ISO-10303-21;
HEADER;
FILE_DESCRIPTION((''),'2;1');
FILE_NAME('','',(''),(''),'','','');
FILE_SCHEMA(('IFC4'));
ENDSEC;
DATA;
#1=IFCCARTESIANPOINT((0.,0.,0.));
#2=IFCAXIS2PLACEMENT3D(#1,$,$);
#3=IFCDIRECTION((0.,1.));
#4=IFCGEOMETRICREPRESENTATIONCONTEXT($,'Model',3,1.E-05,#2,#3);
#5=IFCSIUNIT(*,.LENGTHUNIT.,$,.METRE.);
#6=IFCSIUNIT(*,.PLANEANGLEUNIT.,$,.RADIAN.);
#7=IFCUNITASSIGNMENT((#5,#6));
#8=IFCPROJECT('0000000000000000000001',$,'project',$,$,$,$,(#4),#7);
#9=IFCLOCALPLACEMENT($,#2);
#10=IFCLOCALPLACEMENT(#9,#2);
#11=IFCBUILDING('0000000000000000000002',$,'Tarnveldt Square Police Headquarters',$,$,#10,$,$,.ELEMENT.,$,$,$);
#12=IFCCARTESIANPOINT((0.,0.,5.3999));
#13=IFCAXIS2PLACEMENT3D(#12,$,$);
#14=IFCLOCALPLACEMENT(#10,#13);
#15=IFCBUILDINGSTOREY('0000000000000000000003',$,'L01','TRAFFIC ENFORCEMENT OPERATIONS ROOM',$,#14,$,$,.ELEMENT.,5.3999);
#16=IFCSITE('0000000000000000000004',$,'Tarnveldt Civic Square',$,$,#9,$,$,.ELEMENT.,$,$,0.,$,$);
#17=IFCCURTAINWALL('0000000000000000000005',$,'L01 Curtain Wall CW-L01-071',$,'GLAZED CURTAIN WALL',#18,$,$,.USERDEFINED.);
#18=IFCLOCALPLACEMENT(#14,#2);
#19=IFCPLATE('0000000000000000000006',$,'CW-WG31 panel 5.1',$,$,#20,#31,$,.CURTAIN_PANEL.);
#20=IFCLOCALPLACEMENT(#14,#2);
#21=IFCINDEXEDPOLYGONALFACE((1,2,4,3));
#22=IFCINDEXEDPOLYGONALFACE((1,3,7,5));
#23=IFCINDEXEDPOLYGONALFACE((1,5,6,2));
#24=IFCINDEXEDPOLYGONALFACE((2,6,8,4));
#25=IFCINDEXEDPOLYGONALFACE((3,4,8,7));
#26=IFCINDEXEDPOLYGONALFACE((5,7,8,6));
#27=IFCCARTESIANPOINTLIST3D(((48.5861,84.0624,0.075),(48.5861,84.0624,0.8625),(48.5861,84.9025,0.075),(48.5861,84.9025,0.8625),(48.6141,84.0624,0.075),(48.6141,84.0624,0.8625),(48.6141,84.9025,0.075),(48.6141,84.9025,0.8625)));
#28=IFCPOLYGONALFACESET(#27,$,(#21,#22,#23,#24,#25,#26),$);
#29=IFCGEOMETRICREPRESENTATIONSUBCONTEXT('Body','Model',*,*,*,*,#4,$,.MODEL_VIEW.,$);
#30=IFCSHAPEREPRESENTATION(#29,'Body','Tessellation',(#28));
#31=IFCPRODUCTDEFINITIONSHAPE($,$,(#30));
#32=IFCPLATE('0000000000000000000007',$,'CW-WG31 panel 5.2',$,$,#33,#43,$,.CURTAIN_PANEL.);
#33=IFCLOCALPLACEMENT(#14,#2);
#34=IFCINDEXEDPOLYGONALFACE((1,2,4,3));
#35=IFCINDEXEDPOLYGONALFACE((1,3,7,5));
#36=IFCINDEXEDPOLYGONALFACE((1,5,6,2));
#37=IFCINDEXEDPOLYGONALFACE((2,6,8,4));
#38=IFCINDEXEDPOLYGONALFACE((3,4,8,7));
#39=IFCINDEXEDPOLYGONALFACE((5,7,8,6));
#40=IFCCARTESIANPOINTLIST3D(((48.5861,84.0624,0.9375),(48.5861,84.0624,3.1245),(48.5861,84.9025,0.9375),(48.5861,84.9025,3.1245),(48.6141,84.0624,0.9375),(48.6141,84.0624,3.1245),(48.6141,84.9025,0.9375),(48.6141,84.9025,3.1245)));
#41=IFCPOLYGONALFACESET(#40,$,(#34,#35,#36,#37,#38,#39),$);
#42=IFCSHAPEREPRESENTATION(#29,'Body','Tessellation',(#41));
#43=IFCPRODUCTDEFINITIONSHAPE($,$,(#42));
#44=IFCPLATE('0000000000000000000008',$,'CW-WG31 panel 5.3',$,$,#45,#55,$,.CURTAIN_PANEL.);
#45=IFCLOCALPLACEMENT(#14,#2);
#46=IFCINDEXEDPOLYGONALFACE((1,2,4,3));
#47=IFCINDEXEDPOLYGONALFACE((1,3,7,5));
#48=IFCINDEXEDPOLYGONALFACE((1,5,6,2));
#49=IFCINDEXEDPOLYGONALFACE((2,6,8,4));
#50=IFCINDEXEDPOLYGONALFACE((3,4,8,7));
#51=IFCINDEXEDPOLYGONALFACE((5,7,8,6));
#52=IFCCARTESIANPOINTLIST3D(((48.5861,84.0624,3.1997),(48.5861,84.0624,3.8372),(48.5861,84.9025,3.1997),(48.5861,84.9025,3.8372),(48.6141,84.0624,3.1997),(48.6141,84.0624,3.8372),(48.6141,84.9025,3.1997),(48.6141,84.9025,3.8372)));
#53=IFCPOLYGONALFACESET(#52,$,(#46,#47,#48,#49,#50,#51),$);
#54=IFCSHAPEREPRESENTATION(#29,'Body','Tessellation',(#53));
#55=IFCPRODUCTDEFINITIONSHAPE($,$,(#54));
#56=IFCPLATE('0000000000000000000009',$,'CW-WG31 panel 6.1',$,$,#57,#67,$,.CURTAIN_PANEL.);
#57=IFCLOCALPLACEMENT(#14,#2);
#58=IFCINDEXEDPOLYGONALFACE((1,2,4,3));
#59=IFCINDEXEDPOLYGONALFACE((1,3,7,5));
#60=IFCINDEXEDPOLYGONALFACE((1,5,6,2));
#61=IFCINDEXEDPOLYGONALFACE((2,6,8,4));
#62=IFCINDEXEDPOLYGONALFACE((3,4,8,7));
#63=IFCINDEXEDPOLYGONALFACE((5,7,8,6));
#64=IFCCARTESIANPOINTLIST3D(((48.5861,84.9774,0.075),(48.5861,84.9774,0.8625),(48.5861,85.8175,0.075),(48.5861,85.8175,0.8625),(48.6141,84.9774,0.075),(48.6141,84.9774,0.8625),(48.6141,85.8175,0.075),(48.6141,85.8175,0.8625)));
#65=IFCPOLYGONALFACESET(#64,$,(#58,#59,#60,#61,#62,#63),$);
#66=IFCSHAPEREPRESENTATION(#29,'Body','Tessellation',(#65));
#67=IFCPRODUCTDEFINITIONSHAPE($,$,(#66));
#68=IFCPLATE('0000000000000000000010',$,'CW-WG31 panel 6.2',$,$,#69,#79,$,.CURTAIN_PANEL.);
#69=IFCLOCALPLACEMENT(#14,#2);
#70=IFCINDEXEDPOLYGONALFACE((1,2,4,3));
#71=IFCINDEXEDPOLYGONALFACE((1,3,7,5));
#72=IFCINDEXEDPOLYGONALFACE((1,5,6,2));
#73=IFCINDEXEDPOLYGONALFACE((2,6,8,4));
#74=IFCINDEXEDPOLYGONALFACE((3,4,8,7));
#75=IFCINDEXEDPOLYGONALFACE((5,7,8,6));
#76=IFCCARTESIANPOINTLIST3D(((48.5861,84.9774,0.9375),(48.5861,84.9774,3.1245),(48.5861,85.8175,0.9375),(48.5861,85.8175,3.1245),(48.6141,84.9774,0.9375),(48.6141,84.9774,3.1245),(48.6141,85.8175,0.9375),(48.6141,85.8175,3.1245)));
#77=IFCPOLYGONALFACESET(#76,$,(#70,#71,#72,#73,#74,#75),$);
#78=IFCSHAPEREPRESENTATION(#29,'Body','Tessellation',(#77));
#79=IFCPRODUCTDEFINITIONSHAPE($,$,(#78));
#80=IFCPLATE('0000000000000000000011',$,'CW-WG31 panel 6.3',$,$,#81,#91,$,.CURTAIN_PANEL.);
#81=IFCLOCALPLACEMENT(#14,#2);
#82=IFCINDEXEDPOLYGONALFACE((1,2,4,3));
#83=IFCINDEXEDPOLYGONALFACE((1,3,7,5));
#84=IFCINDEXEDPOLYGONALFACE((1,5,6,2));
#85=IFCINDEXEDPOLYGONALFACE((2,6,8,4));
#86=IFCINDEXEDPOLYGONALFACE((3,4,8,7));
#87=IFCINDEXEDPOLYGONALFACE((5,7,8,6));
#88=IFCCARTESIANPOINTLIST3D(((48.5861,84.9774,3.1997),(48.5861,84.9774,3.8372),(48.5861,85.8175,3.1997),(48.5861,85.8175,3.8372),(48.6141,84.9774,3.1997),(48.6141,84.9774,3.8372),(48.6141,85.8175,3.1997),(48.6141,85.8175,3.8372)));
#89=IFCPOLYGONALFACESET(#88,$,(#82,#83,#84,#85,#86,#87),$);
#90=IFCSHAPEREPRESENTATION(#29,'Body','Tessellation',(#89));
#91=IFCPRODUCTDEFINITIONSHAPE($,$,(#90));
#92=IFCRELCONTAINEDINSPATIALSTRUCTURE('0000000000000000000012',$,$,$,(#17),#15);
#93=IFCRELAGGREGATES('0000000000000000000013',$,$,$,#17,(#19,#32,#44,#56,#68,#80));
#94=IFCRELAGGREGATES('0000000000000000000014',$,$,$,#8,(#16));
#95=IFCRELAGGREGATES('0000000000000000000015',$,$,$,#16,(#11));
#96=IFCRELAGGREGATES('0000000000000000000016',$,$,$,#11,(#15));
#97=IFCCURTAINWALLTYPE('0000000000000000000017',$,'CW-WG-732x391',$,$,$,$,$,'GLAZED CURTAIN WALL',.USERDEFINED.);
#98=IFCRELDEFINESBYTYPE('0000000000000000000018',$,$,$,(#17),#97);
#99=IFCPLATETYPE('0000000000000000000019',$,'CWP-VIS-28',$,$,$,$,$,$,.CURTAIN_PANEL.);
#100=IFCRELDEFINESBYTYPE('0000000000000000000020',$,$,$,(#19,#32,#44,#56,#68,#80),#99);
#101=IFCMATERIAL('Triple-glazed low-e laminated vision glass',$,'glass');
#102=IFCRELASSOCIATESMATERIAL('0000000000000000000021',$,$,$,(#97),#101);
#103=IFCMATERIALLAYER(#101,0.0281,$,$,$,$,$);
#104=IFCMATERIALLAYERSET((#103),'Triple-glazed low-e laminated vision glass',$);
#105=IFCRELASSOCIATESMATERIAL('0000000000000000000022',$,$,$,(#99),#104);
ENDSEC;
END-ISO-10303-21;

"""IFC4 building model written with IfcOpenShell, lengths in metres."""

from ifc_helpers import new_model, si_unit, direction, frame, origin, origin_2d, place, context, subcontext, project, spatial, rectangle, extrude, material, layer, layer_set, type_object, element, aggregate, save


model = new_model("IFC4")

# Units and contexts
model_context = context("Model", 3, precision=1e-05, world=origin(), true_north=direction((0.0, 1.0)))
body_context = subcontext(model_context, "Body", "Model", "MODEL_VIEW")
ifc_project = project(units=[si_unit("LENGTHUNIT", "METRE"), si_unit("PLANEANGLEUNIT", "RADIAN")], contexts=[model_context])

# Site, building, storey
site_placement = place(None, origin())
site = spatial("IfcSite", under=ifc_project, at=site_placement, Name="Tarnveldt Civic Square", CompositionType="ELEMENT", RefElevation=0.0)
building_placement = place(site_placement, origin())
building = spatial("IfcBuilding", under=site, at=building_placement, Name="Tarnveldt Square Police Headquarters", CompositionType="ELEMENT")
storey_placement = place(building_placement, frame((0.0, 0.0, 5.3999)))
storey = spatial("IfcBuildingStorey", under=building, at=storey_placement, Name="L01", Description="TRAFFIC ENFORCEMENT OPERATIONS ROOM", CompositionType="ELEMENT", Elevation=5.3999)

# Curtain wall, plates
ifc_material_1 = material(Name="Triple-glazed low-e laminated vision glass", Category="glass")
curtain_wall_type = type_object("IfcCurtainWallType", Name="CW-WG-732x391", ElementType="GLAZED CURTAIN WALL", PredefinedType="USERDEFINED", material=ifc_material_1)
curtain_wall_placement = place(storey_placement, origin())
curtain_wall = element("IfcCurtainWall", 1, at=curtain_wall_placement, inside=storey, type_object=curtain_wall_type, Name="L01 Curtain Wall CW-L01-071", ObjectType="GLAZED CURTAIN WALL", PredefinedType="USERDEFINED")
ifc_layer = layer(ifc_material_1, 0.0281)
ifc_layer_set = layer_set([ifc_layer], Name="Triple-glazed low-e laminated vision glass")
plate_type = type_object("IfcPlateType", Name="CWP-VIS-28", PredefinedType="CURTAIN_PANEL", material=ifc_layer_set)
plate_1_placement = place(storey_placement, frame((48.6001, 84.4824, 0.075), z_axis=(0.0, 0.0, 1.0), x_axis=(0.0, 1.0, 0.0)))
plate_1 = element("IfcPlate", 2, at=plate_1_placement, type_object=plate_type, Name="CW-WG31 panel 5.1", PredefinedType="CURTAIN_PANEL", context=body_context, shape_type="SweptSolid", body=[
    extrude(rectangle(XDim=0.8401, YDim=0.0281, at=origin_2d()), origin(), (0.0, 0.0, 1.0), 0.7876),
])
plate_2_placement = place(storey_placement, frame((48.6001, 84.4824, 0.9375), z_axis=(0.0, 0.0, 1.0), x_axis=(0.0, 1.0, 0.0)))
plate_2 = element("IfcPlate", 3, at=plate_2_placement, type_object=plate_type, Name="CW-WG31 panel 5.2", PredefinedType="CURTAIN_PANEL", context=body_context, shape_type="SweptSolid", body=[
    extrude(rectangle(XDim=0.8401, YDim=0.0281, at=origin_2d()), origin(), (0.0, 0.0, 1.0), 2.187),
])
plate_3_placement = place(storey_placement, frame((48.6001, 84.4824, 3.1997), z_axis=(0.0, 0.0, 1.0), x_axis=(0.0, 1.0, 0.0)))
plate_3 = element("IfcPlate", 4, at=plate_3_placement, type_object=plate_type, Name="CW-WG31 panel 5.3", PredefinedType="CURTAIN_PANEL", context=body_context, shape_type="SweptSolid", body=[
    extrude(rectangle(XDim=0.8401, YDim=0.0281, at=origin_2d()), origin(), (0.0, 0.0, 1.0), 0.6375),
])
plate_4_placement = place(storey_placement, frame((48.6001, 85.3975, 0.075), z_axis=(0.0, 0.0, 1.0), x_axis=(0.0, 1.0, 0.0)))
plate_4 = element("IfcPlate", 5, at=plate_4_placement, type_object=plate_type, Name="CW-WG31 panel 6.1", PredefinedType="CURTAIN_PANEL", context=body_context, shape_type="SweptSolid", body=[
    extrude(rectangle(XDim=0.8401, YDim=0.0281, at=origin_2d()), origin(), (0.0, 0.0, 1.0), 0.7876),
])
plate_5_placement = place(storey_placement, frame((48.6001, 85.3975, 0.9375), z_axis=(0.0, 0.0, 1.0), x_axis=(0.0, 1.0, 0.0)))
plate_5 = element("IfcPlate", 6, at=plate_5_placement, type_object=plate_type, Name="CW-WG31 panel 6.2", PredefinedType="CURTAIN_PANEL", context=body_context, shape_type="SweptSolid", body=[
    extrude(rectangle(XDim=0.8401, YDim=0.0281, at=origin_2d()), origin(), (0.0, 0.0, 1.0), 2.187),
])
plate_6_placement = place(storey_placement, frame((48.6001, 85.3975, 3.1997), z_axis=(0.0, 0.0, 1.0), x_axis=(0.0, 1.0, 0.0)))
plate_6 = element("IfcPlate", 7, at=plate_6_placement, type_object=plate_type, Name="CW-WG31 panel 6.3", PredefinedType="CURTAIN_PANEL", context=body_context, shape_type="SweptSolid", body=[
    extrude(rectangle(XDim=0.8401, YDim=0.0281, at=origin_2d()), origin(), (0.0, 0.0, 1.0), 0.6375),
])
aggregate(curtain_wall, [plate_1, plate_2, plate_3, plate_4, plate_5, plate_6])

save(model, "model.ifc")
